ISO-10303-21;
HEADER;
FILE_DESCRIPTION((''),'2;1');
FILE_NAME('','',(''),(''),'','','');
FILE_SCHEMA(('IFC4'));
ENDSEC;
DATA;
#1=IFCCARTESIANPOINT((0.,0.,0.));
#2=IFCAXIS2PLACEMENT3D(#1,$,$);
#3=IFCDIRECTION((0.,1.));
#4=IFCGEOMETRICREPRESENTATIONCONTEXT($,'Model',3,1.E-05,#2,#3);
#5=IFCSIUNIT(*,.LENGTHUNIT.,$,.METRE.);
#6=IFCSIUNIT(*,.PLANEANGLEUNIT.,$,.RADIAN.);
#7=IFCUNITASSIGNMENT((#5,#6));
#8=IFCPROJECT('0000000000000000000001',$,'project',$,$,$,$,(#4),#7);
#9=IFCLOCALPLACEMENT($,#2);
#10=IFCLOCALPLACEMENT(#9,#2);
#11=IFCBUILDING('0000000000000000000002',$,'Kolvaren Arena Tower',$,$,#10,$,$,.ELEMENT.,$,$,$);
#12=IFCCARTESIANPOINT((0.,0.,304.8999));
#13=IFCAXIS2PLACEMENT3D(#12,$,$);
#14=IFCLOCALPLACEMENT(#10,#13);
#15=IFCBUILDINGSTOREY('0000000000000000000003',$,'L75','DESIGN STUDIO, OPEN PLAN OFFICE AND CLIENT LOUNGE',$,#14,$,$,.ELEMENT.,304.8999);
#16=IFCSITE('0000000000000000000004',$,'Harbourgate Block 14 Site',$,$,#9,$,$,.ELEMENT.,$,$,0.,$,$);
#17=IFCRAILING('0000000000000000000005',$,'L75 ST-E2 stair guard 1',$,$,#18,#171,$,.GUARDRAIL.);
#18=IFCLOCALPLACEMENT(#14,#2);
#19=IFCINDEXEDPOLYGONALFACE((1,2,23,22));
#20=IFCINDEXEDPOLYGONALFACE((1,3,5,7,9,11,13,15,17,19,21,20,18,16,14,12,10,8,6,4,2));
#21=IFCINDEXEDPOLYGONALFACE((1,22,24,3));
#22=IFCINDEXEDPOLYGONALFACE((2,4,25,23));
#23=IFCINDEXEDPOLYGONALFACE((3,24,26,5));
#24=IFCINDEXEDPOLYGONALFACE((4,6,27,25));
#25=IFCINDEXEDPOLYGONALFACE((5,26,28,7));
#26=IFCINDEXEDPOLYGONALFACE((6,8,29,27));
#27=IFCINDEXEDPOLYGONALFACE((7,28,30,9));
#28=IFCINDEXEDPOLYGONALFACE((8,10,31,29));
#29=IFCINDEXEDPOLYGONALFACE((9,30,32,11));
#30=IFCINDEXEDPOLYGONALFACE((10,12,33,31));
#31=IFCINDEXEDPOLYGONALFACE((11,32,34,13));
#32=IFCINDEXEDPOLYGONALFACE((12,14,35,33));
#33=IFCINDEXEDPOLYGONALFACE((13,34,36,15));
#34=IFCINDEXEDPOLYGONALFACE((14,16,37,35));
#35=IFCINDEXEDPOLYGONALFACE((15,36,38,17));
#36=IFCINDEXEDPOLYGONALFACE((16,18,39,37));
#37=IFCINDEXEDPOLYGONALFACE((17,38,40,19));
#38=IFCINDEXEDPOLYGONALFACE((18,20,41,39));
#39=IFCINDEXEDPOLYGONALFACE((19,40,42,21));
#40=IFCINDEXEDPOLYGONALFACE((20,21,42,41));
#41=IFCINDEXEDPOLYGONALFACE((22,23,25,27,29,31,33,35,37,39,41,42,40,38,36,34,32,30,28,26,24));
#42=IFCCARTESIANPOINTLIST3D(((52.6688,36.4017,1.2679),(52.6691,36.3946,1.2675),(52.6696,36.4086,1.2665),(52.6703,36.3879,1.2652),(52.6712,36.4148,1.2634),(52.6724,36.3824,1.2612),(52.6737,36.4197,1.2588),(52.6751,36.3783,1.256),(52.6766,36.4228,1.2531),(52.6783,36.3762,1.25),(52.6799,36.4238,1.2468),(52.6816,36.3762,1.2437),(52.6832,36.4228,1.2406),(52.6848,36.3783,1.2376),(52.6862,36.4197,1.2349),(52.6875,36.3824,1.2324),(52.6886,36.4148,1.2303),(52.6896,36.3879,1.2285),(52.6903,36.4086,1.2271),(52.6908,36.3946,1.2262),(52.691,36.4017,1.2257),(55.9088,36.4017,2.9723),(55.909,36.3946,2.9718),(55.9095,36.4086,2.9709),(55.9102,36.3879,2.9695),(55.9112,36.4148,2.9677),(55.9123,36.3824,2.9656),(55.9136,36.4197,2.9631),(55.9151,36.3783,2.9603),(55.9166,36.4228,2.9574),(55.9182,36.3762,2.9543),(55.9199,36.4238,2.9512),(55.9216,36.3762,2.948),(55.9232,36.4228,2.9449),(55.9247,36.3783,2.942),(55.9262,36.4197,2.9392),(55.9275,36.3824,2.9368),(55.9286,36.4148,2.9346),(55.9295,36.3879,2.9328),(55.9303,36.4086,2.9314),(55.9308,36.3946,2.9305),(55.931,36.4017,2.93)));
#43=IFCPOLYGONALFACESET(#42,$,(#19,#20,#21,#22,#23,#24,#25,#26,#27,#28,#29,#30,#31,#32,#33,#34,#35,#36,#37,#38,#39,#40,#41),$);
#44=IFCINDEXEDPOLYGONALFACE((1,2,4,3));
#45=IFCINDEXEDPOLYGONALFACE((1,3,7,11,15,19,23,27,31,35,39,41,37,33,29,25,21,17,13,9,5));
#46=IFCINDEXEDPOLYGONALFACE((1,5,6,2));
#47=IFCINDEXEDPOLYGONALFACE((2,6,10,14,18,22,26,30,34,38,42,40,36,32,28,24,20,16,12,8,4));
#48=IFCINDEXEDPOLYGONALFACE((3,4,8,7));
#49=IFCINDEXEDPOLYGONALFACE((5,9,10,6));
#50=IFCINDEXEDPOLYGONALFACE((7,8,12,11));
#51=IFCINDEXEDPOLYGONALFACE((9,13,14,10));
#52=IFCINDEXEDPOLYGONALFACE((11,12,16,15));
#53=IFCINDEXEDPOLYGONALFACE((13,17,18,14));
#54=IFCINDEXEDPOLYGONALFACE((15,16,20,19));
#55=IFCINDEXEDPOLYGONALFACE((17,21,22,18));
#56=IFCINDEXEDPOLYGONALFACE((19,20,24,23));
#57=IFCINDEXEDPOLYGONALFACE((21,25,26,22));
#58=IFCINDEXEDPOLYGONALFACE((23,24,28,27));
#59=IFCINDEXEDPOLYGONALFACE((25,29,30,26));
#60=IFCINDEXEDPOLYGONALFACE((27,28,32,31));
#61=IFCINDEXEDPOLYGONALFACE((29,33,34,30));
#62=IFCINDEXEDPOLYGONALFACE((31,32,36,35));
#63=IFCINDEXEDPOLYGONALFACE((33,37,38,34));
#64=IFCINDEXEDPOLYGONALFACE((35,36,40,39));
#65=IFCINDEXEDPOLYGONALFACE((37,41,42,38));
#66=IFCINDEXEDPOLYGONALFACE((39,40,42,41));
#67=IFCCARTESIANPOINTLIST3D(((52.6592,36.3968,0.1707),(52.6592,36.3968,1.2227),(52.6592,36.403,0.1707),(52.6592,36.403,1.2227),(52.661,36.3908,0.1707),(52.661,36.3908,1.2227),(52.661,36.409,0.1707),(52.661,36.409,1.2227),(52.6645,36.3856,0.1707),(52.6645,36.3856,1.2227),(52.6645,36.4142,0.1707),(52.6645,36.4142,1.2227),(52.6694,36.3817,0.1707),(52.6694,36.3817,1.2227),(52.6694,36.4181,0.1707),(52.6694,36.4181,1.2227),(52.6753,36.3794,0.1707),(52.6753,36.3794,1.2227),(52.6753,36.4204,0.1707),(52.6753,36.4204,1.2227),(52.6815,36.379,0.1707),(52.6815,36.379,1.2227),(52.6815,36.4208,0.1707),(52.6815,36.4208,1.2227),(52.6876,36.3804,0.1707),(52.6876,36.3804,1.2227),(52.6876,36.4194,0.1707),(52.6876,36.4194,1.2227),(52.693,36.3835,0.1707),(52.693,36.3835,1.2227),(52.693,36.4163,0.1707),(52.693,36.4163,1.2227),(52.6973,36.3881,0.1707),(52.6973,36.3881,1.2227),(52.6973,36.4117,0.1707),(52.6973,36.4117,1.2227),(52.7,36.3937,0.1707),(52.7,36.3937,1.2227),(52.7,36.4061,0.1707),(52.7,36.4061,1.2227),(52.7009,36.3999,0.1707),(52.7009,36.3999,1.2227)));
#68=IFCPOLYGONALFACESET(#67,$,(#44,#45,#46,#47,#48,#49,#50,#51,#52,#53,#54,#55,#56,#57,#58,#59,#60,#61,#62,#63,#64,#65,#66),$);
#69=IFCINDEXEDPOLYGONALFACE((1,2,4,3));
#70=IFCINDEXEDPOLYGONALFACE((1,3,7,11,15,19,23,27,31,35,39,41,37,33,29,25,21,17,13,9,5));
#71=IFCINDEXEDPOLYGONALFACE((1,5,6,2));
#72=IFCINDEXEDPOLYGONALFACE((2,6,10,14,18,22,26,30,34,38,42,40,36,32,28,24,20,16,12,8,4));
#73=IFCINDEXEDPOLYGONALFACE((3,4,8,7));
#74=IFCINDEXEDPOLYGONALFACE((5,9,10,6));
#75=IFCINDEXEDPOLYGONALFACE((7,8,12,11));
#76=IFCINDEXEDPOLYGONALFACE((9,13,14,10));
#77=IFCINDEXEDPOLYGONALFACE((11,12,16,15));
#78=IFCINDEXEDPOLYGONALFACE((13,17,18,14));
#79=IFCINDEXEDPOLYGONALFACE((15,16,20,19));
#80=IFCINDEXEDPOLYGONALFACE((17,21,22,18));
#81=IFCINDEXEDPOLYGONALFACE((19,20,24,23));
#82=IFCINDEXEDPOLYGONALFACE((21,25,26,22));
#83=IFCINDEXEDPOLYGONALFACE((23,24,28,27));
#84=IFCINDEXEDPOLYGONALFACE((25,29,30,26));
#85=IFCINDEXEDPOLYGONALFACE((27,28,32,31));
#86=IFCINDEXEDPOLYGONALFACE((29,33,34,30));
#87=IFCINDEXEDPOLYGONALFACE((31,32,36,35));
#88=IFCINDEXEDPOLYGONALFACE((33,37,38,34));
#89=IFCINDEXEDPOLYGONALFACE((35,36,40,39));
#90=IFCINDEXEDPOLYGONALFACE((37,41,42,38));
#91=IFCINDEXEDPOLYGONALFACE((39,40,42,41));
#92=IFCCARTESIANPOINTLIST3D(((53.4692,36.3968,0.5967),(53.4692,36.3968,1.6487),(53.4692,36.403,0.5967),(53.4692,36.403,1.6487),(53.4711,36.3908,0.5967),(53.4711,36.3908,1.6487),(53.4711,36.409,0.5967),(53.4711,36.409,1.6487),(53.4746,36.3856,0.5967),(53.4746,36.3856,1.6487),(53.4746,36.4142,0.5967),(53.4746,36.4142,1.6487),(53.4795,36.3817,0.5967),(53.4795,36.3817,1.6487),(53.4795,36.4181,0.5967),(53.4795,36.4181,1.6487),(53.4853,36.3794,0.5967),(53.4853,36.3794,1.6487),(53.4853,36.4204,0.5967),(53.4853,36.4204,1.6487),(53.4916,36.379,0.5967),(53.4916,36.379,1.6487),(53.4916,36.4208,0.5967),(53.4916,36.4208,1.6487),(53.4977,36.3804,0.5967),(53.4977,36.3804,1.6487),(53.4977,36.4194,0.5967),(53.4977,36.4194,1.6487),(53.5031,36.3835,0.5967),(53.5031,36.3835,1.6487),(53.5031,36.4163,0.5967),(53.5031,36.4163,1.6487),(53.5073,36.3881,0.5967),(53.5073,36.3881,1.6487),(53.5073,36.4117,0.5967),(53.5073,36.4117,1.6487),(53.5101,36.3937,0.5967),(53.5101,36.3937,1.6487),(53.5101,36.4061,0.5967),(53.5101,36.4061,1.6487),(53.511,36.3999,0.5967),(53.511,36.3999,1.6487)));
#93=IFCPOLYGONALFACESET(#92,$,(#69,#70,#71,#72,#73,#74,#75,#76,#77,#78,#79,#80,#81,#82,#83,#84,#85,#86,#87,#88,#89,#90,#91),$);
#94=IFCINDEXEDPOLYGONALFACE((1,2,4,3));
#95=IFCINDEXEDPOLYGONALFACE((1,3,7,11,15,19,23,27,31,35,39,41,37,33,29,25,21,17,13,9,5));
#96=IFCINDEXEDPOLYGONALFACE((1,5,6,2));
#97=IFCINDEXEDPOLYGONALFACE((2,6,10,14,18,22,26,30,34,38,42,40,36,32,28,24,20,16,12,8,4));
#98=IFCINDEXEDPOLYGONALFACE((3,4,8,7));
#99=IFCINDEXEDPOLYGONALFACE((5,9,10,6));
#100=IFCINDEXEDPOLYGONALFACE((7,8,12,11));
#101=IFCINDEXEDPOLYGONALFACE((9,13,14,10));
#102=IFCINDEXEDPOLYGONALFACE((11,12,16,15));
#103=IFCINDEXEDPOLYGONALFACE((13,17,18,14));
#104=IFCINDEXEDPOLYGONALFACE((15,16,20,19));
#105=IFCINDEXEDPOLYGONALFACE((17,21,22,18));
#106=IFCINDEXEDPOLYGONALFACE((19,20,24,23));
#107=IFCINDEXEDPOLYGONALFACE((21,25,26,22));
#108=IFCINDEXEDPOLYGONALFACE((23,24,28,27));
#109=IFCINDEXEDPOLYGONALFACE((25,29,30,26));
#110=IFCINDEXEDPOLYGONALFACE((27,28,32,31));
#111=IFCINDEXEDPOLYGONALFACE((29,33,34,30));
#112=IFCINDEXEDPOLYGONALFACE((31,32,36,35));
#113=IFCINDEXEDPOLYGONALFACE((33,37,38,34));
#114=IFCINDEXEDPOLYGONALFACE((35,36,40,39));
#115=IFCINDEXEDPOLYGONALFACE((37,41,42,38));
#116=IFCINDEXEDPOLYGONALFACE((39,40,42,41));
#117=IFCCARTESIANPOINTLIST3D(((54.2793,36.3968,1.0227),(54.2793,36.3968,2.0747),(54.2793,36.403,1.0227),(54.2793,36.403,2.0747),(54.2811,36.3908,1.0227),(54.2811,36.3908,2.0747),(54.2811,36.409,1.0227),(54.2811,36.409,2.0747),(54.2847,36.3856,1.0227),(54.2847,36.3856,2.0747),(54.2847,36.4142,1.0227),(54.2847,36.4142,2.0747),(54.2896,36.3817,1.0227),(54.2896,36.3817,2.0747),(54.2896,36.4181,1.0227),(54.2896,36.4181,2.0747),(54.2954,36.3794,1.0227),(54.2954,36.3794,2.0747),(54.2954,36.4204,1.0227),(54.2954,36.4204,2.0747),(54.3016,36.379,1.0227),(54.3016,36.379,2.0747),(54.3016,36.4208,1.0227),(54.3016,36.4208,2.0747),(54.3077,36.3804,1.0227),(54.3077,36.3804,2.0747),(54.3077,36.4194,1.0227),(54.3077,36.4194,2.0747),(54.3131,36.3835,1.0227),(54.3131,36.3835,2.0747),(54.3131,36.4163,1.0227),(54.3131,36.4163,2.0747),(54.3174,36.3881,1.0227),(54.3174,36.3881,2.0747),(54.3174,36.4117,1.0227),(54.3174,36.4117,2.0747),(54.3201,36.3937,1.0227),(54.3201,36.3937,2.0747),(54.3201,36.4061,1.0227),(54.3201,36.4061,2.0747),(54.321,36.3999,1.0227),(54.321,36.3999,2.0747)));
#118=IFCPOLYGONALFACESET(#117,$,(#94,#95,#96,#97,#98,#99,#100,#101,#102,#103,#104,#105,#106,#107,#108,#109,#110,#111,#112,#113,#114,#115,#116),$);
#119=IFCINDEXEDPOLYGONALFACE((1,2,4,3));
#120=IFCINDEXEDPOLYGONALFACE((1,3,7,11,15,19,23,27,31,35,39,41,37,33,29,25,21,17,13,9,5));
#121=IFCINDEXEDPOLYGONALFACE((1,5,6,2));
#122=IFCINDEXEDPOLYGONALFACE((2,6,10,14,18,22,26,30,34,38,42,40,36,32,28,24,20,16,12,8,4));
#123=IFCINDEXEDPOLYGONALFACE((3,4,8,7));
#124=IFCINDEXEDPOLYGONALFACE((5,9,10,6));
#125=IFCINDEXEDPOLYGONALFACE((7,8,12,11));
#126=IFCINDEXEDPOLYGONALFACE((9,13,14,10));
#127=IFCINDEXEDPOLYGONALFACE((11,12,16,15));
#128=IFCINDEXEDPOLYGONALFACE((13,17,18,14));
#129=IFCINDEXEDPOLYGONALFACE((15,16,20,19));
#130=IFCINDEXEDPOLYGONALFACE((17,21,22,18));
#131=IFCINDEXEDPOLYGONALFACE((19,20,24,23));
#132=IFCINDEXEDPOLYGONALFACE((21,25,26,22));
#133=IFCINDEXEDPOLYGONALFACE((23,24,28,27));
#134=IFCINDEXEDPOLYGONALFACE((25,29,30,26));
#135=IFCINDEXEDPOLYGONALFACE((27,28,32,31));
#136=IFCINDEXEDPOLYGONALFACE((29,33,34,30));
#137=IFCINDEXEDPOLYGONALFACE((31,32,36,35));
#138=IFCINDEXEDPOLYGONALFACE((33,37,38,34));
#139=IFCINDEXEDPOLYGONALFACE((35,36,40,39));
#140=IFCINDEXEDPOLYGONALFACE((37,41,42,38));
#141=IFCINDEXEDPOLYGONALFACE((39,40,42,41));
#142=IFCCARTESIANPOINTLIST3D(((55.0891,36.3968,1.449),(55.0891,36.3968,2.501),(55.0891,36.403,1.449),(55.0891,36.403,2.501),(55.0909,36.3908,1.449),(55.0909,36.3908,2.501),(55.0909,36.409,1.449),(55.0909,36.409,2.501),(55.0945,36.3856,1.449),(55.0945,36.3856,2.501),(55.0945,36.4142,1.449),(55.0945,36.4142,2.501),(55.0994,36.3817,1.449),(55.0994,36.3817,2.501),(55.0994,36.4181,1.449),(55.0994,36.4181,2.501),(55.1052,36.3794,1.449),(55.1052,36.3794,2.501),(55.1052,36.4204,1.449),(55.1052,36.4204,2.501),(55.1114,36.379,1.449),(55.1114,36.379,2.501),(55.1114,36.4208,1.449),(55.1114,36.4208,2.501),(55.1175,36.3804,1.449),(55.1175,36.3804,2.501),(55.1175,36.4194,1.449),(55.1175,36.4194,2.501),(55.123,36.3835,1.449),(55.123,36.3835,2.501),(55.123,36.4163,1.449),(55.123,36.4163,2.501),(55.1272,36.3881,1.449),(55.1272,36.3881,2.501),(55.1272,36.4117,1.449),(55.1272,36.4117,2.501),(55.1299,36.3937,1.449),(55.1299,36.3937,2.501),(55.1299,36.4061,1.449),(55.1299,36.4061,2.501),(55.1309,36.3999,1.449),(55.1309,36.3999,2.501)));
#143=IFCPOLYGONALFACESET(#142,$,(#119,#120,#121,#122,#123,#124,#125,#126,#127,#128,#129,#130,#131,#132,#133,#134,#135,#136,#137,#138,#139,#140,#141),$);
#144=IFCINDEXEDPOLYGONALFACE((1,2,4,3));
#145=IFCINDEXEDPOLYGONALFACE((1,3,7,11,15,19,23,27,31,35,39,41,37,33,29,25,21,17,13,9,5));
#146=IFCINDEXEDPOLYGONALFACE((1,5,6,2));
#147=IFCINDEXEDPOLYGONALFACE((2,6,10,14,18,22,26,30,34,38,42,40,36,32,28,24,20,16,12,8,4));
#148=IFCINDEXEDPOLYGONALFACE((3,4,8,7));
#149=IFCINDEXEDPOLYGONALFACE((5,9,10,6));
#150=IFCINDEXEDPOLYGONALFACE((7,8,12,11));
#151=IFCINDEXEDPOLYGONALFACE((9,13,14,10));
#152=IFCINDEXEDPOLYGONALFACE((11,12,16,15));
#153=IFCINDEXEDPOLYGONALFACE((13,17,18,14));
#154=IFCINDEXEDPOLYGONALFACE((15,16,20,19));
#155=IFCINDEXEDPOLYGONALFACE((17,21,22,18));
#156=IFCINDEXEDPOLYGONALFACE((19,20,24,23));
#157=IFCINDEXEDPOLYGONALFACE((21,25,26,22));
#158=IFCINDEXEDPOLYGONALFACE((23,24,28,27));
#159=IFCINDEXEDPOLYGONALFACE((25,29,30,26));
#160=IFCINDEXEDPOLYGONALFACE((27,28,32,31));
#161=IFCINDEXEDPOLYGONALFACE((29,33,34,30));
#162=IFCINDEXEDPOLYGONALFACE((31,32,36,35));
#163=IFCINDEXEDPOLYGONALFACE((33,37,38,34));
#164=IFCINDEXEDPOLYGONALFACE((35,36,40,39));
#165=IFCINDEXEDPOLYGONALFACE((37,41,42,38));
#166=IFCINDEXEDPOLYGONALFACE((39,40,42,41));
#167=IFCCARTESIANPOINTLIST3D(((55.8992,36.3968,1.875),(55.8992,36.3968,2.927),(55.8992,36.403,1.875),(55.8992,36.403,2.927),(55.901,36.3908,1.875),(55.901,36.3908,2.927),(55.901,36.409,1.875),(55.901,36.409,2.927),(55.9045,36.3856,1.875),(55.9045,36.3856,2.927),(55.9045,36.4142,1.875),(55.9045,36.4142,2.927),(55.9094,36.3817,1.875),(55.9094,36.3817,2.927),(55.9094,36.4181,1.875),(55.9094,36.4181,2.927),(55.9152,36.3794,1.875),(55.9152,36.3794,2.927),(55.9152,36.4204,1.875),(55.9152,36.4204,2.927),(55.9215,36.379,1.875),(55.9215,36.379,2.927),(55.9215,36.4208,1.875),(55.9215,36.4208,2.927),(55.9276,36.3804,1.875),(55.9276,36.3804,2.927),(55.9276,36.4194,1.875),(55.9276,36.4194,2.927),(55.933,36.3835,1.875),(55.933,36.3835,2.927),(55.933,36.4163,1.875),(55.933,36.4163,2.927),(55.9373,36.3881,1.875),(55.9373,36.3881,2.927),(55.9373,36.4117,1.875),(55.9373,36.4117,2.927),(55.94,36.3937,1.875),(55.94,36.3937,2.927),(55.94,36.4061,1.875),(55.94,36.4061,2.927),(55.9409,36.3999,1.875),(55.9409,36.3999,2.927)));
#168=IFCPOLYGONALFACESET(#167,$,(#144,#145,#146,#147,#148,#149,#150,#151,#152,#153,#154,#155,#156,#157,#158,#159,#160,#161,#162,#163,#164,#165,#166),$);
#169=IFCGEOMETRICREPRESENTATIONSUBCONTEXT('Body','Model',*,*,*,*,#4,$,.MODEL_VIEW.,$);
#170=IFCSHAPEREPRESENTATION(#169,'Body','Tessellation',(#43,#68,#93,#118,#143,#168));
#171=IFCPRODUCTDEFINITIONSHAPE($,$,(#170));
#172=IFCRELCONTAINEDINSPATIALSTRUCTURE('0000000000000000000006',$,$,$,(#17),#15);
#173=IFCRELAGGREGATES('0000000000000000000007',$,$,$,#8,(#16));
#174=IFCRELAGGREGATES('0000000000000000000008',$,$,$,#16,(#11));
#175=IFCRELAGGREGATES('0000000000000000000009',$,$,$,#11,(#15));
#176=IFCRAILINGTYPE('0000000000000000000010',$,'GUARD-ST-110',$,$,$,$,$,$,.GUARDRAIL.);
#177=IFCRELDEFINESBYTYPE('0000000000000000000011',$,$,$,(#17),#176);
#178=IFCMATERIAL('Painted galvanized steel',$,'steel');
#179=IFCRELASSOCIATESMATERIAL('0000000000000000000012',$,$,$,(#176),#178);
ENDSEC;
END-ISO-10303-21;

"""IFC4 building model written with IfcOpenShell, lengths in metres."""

from ifc_helpers import new_model, si_unit, direction, frame, origin, origin_2d, place, context, subcontext, project, spatial, circle, extrude, material, type_object, element, save


model = new_model("IFC4")

# Units and contexts
model_context = context("Model", 3, precision=1e-05, world=origin(), true_north=direction((0.0, 1.0)))
body_context = subcontext(model_context, "Body", "Model", "MODEL_VIEW")
ifc_project = project(units=[si_unit("LENGTHUNIT", "METRE"), si_unit("PLANEANGLEUNIT", "RADIAN")], contexts=[model_context])

# Site, building, storey
site_placement = place(None, origin())
site = spatial("IfcSite", under=ifc_project, at=site_placement, Name="Harbourgate Block 14 Site", CompositionType="ELEMENT", RefElevation=0.0)
building_placement = place(site_placement, origin())
building = spatial("IfcBuilding", under=site, at=building_placement, Name="Kolvaren Arena Tower", CompositionType="ELEMENT")
storey_placement = place(building_placement, frame((0.0, 0.0, 304.8999)))
storey = spatial("IfcBuildingStorey", under=building, at=storey_placement, Name="L75", Description="DESIGN STUDIO, OPEN PLAN OFFICE AND CLIENT LOUNGE", CompositionType="ELEMENT", Elevation=304.8999)

# Railing
ifc_material_1 = material(Name="Painted galvanized steel", Category="steel")
railing_type_1 = type_object("IfcRailingType", Name="GUARD-ST-110", PredefinedType="GUARDRAIL", material=ifc_material_1)
railing_1_placement = place(storey_placement, frame((52.6799, 36.3999, 0.1707)))
element("IfcRailing", 1, at=railing_1_placement, inside=storey, type_object=railing_type_1, Name="L75 ST-E2 stair guard 1", PredefinedType="GUARDRAIL", context=body_context, shape_type="SweptSolid", body=[
    extrude(circle(Radius=0.0239, at=origin_2d()), frame((0.0, 0.0, 1.0762), z_axis=(0.885021, 0.0, 0.465551), x_axis=(0.0, 1.0, 0.0)), (0.0, 0.0, 1.0), 3.6609),
    extrude(circle(Radius=0.021, at=origin_2d()), origin(), (0.0, 0.0, 1.0), 1.052),
    extrude(circle(Radius=0.021, at=origin_2d()), frame((0.8101, 0.0, 0.426)), (0.0, 0.0, 1.0), 1.052),
    extrude(circle(Radius=0.021, at=origin_2d()), frame((1.6201, 0.0, 0.8521)), (0.0, 0.0, 1.0), 1.052),
    extrude(circle(Radius=0.021, at=origin_2d()), frame((2.4299, 0.0, 1.2783)), (0.0, 0.0, 1.0), 1.052),
    extrude(circle(Radius=0.021, at=origin_2d()), frame((3.24, 0.0, 1.7043)), (0.0, 0.0, 1.0), 1.052),
])

save(model, "model.ifc")
